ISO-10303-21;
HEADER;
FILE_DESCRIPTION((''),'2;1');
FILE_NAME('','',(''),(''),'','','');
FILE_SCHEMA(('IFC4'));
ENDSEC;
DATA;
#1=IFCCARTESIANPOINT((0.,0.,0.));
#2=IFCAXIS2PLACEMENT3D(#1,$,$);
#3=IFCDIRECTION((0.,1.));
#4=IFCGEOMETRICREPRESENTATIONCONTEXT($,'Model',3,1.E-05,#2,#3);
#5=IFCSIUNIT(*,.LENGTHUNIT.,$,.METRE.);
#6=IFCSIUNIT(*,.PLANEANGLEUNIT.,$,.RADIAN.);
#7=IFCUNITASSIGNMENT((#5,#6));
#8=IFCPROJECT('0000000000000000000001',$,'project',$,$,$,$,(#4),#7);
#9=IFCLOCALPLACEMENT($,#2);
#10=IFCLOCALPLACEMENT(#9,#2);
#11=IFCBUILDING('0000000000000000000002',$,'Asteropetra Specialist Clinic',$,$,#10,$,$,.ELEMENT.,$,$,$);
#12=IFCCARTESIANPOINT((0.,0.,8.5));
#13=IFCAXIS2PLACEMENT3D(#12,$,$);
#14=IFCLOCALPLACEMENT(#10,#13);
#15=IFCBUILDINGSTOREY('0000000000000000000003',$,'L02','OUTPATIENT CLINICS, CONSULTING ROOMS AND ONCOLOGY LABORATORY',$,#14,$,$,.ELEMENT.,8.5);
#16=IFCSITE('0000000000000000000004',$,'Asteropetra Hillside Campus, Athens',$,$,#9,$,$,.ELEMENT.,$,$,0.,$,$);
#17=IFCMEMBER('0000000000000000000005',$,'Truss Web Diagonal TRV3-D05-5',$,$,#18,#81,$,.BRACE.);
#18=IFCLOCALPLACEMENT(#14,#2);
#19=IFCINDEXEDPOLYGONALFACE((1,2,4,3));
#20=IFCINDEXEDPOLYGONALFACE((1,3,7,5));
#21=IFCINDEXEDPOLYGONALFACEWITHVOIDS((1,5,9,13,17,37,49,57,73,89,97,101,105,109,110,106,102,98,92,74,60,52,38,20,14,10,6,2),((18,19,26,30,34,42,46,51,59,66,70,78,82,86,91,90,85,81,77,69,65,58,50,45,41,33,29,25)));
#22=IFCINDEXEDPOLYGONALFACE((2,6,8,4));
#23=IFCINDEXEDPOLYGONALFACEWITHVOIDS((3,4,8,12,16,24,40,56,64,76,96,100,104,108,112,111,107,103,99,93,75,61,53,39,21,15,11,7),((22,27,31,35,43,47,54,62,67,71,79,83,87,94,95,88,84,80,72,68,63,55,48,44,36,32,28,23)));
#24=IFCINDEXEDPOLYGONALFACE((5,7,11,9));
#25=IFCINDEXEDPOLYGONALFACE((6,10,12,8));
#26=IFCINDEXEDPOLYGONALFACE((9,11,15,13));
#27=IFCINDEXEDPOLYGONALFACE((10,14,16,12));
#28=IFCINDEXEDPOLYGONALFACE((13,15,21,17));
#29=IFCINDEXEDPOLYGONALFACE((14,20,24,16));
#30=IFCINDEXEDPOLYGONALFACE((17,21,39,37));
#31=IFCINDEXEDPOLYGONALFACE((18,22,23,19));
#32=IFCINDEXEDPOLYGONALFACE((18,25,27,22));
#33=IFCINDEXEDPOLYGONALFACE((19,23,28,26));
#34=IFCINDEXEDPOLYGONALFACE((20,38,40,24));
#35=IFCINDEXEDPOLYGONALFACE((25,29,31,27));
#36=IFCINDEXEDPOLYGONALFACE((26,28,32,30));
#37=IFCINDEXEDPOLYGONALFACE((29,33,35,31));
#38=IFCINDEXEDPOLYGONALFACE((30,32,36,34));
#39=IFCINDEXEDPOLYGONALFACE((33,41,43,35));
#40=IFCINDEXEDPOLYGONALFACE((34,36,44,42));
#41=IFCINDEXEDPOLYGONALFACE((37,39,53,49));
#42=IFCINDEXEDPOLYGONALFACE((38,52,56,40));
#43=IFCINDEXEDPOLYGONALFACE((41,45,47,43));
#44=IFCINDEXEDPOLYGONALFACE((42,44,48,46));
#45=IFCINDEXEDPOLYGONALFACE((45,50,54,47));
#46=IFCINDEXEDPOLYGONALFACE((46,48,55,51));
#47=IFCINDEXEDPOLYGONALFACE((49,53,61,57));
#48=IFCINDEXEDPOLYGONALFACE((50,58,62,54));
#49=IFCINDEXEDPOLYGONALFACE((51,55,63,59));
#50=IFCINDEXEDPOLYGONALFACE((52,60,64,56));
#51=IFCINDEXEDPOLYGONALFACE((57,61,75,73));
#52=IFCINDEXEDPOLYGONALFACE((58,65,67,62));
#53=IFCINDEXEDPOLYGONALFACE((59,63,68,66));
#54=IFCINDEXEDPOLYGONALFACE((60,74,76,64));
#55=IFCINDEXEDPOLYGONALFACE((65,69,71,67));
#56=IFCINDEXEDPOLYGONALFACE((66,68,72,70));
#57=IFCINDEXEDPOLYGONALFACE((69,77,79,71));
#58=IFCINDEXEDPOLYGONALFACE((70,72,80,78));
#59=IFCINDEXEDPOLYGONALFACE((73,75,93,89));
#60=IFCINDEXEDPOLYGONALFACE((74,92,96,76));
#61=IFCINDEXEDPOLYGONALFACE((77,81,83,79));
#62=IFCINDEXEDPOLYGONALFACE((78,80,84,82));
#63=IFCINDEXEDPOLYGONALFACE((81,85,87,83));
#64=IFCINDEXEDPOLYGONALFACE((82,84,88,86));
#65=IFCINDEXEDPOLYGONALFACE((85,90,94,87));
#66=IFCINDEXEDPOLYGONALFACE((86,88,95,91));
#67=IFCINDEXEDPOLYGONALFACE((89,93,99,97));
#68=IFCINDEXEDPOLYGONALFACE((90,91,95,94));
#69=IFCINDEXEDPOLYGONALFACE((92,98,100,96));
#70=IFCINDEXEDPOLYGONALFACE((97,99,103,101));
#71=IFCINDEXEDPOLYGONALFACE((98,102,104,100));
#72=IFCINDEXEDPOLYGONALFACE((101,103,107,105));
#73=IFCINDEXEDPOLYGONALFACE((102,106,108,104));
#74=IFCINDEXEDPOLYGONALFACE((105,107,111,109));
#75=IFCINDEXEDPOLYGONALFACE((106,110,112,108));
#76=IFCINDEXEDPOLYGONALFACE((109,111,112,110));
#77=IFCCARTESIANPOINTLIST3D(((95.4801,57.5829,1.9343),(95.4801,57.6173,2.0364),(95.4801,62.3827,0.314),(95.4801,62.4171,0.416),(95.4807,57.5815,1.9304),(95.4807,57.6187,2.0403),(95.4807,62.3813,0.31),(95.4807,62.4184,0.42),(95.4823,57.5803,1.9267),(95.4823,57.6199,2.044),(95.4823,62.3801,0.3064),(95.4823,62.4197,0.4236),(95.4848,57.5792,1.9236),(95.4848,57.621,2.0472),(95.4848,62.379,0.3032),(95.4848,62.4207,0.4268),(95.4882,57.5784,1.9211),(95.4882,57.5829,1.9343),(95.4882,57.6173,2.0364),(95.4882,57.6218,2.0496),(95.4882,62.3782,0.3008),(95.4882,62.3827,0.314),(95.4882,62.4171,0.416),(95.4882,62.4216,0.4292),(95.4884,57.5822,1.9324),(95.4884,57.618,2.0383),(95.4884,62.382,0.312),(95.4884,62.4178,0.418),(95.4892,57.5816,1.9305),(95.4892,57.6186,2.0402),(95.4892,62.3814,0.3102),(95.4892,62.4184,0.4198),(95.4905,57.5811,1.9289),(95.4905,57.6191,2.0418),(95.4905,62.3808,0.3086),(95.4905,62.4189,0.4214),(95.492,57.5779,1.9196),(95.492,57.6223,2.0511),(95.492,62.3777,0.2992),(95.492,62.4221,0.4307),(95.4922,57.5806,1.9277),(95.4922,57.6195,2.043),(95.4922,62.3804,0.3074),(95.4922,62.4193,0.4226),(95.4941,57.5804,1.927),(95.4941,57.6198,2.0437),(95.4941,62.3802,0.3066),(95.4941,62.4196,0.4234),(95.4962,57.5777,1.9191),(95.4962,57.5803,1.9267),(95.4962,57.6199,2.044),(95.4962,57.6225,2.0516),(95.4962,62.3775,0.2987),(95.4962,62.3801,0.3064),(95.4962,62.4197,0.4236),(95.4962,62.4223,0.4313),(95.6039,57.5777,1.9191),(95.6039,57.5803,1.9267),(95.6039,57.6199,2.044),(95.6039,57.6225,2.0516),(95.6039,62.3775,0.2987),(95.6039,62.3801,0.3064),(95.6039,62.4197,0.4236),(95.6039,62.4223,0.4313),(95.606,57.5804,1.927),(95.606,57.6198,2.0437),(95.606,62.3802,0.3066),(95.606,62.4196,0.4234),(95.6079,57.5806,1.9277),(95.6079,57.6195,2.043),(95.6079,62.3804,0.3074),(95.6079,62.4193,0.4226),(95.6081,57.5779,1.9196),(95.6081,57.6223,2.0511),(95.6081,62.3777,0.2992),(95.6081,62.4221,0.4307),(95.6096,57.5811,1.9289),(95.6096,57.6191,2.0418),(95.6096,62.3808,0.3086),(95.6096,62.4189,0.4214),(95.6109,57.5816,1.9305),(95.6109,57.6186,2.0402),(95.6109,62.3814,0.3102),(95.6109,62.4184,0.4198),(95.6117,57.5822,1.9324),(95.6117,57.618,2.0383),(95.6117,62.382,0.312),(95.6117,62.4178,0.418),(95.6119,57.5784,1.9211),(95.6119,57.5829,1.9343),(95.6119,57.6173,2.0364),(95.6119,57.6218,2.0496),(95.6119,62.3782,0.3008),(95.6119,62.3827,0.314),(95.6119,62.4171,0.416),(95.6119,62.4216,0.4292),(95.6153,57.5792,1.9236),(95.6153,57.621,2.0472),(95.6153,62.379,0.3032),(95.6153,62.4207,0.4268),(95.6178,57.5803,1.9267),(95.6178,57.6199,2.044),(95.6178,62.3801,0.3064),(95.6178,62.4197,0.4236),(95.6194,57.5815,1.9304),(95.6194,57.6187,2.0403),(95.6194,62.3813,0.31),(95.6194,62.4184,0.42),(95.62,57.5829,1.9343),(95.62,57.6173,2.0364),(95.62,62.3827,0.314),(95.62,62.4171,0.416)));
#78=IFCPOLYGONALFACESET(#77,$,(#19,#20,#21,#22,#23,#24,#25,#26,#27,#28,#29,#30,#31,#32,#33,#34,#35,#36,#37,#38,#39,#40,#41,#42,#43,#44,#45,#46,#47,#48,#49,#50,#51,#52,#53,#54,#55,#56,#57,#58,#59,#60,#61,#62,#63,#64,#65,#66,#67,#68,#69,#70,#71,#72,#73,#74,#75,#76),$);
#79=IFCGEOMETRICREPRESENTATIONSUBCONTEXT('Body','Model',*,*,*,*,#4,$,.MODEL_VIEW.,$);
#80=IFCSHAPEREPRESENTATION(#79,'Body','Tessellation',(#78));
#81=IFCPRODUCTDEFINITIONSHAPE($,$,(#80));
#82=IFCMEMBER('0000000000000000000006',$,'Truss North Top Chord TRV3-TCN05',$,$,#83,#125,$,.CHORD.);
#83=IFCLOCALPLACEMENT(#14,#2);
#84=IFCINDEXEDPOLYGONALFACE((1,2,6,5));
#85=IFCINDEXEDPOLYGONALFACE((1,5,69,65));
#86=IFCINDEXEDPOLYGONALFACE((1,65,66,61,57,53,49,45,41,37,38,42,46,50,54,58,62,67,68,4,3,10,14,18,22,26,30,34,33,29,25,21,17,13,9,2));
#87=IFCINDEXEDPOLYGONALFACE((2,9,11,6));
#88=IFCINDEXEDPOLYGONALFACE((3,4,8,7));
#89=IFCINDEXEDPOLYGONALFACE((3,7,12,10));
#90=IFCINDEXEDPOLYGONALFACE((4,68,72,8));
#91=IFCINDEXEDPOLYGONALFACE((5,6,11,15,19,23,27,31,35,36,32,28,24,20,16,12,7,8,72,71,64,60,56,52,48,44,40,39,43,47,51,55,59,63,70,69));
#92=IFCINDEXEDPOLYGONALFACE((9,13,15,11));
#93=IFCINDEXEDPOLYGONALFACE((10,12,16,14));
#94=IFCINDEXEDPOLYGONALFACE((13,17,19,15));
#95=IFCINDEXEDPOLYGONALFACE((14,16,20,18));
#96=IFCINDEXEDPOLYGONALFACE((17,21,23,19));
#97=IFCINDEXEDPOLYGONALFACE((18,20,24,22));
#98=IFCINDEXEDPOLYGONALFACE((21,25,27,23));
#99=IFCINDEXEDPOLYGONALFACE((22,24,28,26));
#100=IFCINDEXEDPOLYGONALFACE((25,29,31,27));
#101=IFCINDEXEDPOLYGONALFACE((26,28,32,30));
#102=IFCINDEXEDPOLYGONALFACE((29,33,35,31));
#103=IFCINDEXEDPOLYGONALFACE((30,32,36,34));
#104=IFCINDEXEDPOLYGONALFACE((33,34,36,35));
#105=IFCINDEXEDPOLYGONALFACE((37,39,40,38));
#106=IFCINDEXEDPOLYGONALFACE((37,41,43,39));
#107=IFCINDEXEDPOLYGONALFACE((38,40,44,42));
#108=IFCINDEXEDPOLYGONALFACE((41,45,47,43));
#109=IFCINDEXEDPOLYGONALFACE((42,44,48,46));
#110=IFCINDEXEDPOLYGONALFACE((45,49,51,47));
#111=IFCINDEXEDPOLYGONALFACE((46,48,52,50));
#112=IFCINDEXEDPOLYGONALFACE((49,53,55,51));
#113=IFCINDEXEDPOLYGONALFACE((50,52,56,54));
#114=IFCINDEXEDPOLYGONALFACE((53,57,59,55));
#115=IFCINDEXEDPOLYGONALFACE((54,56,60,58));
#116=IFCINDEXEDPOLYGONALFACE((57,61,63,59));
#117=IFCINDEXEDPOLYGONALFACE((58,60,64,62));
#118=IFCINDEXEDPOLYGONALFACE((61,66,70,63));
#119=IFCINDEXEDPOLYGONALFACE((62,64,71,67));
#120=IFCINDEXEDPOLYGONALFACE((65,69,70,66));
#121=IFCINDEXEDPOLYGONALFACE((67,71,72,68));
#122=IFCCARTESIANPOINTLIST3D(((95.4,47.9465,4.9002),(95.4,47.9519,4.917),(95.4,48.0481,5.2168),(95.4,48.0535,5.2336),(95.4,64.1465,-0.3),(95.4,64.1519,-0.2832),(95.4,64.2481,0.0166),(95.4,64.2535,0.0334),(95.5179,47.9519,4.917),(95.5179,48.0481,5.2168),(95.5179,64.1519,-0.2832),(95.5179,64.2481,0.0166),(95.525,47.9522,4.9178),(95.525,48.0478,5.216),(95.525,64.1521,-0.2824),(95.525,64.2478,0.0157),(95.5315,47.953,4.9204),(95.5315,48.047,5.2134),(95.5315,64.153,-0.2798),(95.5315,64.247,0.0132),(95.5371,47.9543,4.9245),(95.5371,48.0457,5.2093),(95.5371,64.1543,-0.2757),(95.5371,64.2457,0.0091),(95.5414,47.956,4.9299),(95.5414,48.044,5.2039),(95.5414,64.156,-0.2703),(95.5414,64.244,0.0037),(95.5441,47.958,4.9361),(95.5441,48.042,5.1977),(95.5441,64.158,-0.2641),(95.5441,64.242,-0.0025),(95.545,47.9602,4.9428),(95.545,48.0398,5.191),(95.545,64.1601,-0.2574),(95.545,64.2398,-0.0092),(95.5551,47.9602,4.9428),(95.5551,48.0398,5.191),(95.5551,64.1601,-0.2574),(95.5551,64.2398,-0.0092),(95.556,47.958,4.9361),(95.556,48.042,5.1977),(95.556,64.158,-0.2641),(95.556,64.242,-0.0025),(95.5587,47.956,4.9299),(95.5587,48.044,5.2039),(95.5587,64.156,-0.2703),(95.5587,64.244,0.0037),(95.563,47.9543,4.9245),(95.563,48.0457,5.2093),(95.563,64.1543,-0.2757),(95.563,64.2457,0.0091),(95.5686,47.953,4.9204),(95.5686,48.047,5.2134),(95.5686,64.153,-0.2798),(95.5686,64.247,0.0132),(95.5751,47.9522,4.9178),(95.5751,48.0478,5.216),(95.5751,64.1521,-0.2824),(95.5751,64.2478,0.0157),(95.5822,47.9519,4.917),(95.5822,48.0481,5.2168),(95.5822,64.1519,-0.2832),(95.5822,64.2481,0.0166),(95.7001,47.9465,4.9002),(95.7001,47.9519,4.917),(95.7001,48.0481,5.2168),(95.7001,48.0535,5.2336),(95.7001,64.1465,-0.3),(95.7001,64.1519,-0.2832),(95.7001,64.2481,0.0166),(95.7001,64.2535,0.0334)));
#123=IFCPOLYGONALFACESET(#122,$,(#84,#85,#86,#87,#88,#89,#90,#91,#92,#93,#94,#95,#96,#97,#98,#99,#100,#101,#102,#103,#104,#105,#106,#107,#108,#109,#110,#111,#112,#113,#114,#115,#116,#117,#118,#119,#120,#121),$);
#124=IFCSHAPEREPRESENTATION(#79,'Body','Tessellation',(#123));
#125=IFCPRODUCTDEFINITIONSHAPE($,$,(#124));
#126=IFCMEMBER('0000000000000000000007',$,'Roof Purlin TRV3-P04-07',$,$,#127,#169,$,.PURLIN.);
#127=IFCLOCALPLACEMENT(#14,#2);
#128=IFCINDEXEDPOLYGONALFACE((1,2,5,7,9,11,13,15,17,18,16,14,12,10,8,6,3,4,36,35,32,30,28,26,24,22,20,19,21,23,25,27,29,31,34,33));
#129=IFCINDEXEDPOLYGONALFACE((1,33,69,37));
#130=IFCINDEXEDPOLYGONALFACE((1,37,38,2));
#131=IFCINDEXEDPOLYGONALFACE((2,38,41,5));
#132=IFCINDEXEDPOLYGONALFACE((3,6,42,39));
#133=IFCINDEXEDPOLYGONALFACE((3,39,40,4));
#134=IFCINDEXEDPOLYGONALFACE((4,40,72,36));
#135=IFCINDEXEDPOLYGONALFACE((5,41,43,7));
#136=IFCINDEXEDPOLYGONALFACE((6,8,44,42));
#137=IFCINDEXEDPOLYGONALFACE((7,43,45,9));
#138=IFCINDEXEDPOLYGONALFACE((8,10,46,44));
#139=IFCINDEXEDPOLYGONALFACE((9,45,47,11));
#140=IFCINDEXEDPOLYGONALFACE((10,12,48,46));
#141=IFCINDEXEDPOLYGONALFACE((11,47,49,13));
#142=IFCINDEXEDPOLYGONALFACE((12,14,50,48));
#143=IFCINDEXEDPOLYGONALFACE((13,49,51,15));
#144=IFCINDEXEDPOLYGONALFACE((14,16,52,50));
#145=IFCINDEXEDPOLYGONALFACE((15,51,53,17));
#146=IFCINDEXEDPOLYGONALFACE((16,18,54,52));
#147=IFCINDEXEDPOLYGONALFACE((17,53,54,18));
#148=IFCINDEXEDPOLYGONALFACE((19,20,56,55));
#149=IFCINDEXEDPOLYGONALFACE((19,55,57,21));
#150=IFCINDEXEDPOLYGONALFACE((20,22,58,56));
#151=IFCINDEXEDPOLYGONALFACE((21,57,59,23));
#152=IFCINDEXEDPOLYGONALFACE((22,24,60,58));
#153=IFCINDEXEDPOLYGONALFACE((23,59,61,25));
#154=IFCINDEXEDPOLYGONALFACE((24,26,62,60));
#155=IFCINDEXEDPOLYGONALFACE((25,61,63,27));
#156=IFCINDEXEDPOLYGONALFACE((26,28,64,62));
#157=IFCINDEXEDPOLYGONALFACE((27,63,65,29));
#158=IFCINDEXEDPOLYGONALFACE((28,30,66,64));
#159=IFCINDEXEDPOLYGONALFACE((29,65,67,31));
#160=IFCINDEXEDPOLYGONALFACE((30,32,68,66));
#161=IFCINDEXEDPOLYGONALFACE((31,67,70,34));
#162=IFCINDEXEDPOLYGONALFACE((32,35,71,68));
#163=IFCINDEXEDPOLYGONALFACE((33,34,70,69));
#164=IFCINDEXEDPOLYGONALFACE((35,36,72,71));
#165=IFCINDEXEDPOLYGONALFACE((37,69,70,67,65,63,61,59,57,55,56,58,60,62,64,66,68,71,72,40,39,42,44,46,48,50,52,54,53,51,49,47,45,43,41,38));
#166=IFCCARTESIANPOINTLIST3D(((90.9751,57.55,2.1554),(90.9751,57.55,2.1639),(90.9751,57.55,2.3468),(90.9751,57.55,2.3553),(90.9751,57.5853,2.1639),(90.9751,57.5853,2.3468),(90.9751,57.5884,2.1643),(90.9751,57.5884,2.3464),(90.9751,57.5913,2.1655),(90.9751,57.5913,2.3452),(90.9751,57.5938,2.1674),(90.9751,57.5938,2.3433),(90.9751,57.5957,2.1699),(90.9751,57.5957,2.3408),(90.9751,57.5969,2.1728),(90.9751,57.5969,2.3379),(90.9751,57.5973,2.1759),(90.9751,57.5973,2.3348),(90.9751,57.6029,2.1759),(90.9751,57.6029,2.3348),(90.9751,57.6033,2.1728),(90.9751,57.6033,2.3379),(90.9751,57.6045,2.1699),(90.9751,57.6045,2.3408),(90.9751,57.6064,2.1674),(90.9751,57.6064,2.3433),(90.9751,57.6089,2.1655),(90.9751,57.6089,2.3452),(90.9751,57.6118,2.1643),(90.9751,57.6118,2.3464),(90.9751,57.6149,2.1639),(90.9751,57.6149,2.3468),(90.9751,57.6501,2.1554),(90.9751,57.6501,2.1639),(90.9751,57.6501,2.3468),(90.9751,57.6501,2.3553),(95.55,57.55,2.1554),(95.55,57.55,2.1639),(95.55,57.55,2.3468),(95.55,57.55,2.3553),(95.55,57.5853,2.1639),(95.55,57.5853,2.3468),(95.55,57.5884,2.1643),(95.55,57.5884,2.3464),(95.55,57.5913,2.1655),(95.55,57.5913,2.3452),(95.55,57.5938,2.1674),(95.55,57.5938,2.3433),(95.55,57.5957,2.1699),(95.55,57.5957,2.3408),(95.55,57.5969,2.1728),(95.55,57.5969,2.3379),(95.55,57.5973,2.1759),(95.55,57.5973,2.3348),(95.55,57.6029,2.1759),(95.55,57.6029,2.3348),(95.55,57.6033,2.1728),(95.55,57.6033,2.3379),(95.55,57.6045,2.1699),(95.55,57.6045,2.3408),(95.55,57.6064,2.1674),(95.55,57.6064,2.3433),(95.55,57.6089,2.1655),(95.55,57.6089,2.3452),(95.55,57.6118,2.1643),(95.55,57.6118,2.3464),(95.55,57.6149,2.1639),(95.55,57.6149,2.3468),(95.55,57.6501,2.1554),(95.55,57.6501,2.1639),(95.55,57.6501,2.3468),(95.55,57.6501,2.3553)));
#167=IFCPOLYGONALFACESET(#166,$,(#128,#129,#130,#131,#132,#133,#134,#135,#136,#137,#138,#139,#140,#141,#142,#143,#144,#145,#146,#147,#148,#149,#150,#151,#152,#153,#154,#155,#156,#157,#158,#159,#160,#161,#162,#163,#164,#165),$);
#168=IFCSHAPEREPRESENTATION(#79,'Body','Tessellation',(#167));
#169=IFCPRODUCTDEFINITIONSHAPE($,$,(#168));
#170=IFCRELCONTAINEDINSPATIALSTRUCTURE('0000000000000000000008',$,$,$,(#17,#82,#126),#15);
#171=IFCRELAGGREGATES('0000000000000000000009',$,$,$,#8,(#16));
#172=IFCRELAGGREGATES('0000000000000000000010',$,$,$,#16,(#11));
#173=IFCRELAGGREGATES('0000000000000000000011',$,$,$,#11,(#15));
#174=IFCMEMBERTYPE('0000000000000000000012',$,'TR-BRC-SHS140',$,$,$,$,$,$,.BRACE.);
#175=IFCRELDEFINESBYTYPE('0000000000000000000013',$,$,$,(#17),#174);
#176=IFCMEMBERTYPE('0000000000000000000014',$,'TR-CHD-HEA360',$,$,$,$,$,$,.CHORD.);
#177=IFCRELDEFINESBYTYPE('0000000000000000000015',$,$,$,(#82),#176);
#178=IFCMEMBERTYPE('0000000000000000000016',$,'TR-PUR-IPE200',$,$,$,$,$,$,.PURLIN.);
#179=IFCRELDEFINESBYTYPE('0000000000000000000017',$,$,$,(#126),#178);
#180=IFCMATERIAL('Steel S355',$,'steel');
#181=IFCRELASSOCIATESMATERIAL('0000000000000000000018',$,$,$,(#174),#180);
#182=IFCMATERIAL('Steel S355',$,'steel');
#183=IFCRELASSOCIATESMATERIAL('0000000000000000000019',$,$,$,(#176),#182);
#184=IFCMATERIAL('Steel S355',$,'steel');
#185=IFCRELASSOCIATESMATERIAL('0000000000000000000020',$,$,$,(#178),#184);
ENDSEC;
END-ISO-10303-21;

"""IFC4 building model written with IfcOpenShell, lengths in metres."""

from ifc_helpers import new_model, si_unit, direction, frame, origin, origin_2d, place, context, subcontext, project, spatial, hollow_rectangle, i_section, extrude, material, material_profile, profile_set, type_object, element, save


model = new_model("IFC4")

# Units and contexts
model_context = context("Model", 3, precision=1e-05, world=origin(), true_north=direction((0.0, 1.0)))
body_context = subcontext(model_context, "Body", "Model", "MODEL_VIEW")
ifc_project = project(units=[si_unit("LENGTHUNIT", "METRE"), si_unit("PLANEANGLEUNIT", "RADIAN")], contexts=[model_context])

# Site, building, storey
site_placement = place(None, origin())
site = spatial("IfcSite", under=ifc_project, at=site_placement, Name="Asteropetra Hillside Campus, Athens", CompositionType="ELEMENT", RefElevation=0.0)
building_placement = place(site_placement, origin())
building = spatial("IfcBuilding", under=site, at=building_placement, Name="Asteropetra Specialist Clinic", CompositionType="ELEMENT")
storey_placement = place(building_placement, frame((0.0, 0.0, 8.5)))
storey = spatial("IfcBuildingStorey", under=building, at=storey_placement, Name="L02", Description="OUTPATIENT CLINICS, CONSULTING ROOMS AND ONCOLOGY LABORATORY", CompositionType="ELEMENT", Elevation=8.5)

# Members
ifc_material_1 = material(Name="Steel S355", Category="steel")
ifc_material_profile_1 = material_profile(ifc_material_1, hollow_rectangle(XDim=0.1399, YDim=0.1399, WallThickness=0.0081, InnerFilletRadius=0.0081, OuterFilletRadius=0.0161, at=origin_2d()), Name="SHS 140x140x8.0")
ifc_profile_set_1 = profile_set([ifc_material_profile_1], Name="Steel S355")
member_type_1 = type_object("IfcMemberType", Name="TR-BRC-SHS140", PredefinedType="BRACE", material=ifc_profile_set_1)
member_1_placement = place(storey_placement, frame((95.55, 57.6001, 1.9854), z_axis=(0.0, 0.947467, -0.319854), x_axis=(-1.0, 0.0, 0.0)))
element("IfcMember", 1, at=member_1_placement, inside=storey, type_object=member_type_1, Name="Truss Web Diagonal TRV3-D05-5", PredefinedType="BRACE", context=body_context, shape_type="SweptSolid", body=[
    extrude(hollow_rectangle(XDim=0.1399, YDim=0.1399, WallThickness=0.0081, InnerFilletRadius=0.0081, OuterFilletRadius=0.0161, at=origin_2d()), origin(), (0.0, 0.0, 1.0), 5.0659),
])
ifc_material_2 = material(Name="Steel S355", Category="steel")
ifc_material_profile_2 = material_profile(ifc_material_2, i_section(OverallWidth=0.3, OverallDepth=0.3501, WebThickness=0.01, FlangeThickness=0.0176, FilletRadius=0.0271, at=origin_2d()), Name="HEA 360")
ifc_profile_set_2 = profile_set([ifc_material_profile_2], Name="Steel S355")
member_type_2 = type_object("IfcMemberType", Name="TR-CHD-HEA360", PredefinedType="CHORD", material=ifc_profile_set_2)
member_2_placement = place(storey_placement, frame((95.55, 48.0, 5.0669), z_axis=(0.0, 0.952147, -0.30564), x_axis=(-1.0, 0.0, 0.0)))
element("IfcMember", 2, at=member_2_placement, inside=storey, type_object=member_type_2, Name="Truss North Top Chord TRV3-TCN05", PredefinedType="CHORD", context=body_context, shape_type="SweptSolid", body=[
    extrude(i_section(OverallWidth=0.3, OverallDepth=0.3501, WebThickness=0.01, FlangeThickness=0.0176, FilletRadius=0.0271, at=origin_2d()), origin(), (0.0, 0.0, 1.0), 17.0142),
])
ifc_material_3 = material(Name="Steel S355", Category="steel")
ifc_material_profile_3 = material_profile(ifc_material_3, i_section(OverallWidth=0.1001, OverallDepth=0.2, WebThickness=0.0056, FlangeThickness=0.0085, FilletRadius=0.012, at=origin_2d()), Name="IPE 200")
ifc_profile_set_3 = profile_set([ifc_material_profile_3], Name="Steel S355")
member_type_3 = type_object("IfcMemberType", Name="TR-PUR-IPE200", PredefinedType="PURLIN", material=ifc_profile_set_3)
member_3_placement = place(storey_placement, frame((90.9751, 57.6001, 2.2554), z_axis=(1.0, 0.0, 0.0), x_axis=(0.0, 1.0, 0.0)))
element("IfcMember", 3, at=member_3_placement, inside=storey, type_object=member_type_3, Name="Roof Purlin TRV3-P04-07", PredefinedType="PURLIN", context=body_context, shape_type="SweptSolid", body=[
    extrude(i_section(OverallWidth=0.1001, OverallDepth=0.2, WebThickness=0.0056, FlangeThickness=0.0085, FilletRadius=0.012, at=origin_2d()), origin(), (0.0, 0.0, 1.0), 4.575),
])

save(model, "model.ifc")
